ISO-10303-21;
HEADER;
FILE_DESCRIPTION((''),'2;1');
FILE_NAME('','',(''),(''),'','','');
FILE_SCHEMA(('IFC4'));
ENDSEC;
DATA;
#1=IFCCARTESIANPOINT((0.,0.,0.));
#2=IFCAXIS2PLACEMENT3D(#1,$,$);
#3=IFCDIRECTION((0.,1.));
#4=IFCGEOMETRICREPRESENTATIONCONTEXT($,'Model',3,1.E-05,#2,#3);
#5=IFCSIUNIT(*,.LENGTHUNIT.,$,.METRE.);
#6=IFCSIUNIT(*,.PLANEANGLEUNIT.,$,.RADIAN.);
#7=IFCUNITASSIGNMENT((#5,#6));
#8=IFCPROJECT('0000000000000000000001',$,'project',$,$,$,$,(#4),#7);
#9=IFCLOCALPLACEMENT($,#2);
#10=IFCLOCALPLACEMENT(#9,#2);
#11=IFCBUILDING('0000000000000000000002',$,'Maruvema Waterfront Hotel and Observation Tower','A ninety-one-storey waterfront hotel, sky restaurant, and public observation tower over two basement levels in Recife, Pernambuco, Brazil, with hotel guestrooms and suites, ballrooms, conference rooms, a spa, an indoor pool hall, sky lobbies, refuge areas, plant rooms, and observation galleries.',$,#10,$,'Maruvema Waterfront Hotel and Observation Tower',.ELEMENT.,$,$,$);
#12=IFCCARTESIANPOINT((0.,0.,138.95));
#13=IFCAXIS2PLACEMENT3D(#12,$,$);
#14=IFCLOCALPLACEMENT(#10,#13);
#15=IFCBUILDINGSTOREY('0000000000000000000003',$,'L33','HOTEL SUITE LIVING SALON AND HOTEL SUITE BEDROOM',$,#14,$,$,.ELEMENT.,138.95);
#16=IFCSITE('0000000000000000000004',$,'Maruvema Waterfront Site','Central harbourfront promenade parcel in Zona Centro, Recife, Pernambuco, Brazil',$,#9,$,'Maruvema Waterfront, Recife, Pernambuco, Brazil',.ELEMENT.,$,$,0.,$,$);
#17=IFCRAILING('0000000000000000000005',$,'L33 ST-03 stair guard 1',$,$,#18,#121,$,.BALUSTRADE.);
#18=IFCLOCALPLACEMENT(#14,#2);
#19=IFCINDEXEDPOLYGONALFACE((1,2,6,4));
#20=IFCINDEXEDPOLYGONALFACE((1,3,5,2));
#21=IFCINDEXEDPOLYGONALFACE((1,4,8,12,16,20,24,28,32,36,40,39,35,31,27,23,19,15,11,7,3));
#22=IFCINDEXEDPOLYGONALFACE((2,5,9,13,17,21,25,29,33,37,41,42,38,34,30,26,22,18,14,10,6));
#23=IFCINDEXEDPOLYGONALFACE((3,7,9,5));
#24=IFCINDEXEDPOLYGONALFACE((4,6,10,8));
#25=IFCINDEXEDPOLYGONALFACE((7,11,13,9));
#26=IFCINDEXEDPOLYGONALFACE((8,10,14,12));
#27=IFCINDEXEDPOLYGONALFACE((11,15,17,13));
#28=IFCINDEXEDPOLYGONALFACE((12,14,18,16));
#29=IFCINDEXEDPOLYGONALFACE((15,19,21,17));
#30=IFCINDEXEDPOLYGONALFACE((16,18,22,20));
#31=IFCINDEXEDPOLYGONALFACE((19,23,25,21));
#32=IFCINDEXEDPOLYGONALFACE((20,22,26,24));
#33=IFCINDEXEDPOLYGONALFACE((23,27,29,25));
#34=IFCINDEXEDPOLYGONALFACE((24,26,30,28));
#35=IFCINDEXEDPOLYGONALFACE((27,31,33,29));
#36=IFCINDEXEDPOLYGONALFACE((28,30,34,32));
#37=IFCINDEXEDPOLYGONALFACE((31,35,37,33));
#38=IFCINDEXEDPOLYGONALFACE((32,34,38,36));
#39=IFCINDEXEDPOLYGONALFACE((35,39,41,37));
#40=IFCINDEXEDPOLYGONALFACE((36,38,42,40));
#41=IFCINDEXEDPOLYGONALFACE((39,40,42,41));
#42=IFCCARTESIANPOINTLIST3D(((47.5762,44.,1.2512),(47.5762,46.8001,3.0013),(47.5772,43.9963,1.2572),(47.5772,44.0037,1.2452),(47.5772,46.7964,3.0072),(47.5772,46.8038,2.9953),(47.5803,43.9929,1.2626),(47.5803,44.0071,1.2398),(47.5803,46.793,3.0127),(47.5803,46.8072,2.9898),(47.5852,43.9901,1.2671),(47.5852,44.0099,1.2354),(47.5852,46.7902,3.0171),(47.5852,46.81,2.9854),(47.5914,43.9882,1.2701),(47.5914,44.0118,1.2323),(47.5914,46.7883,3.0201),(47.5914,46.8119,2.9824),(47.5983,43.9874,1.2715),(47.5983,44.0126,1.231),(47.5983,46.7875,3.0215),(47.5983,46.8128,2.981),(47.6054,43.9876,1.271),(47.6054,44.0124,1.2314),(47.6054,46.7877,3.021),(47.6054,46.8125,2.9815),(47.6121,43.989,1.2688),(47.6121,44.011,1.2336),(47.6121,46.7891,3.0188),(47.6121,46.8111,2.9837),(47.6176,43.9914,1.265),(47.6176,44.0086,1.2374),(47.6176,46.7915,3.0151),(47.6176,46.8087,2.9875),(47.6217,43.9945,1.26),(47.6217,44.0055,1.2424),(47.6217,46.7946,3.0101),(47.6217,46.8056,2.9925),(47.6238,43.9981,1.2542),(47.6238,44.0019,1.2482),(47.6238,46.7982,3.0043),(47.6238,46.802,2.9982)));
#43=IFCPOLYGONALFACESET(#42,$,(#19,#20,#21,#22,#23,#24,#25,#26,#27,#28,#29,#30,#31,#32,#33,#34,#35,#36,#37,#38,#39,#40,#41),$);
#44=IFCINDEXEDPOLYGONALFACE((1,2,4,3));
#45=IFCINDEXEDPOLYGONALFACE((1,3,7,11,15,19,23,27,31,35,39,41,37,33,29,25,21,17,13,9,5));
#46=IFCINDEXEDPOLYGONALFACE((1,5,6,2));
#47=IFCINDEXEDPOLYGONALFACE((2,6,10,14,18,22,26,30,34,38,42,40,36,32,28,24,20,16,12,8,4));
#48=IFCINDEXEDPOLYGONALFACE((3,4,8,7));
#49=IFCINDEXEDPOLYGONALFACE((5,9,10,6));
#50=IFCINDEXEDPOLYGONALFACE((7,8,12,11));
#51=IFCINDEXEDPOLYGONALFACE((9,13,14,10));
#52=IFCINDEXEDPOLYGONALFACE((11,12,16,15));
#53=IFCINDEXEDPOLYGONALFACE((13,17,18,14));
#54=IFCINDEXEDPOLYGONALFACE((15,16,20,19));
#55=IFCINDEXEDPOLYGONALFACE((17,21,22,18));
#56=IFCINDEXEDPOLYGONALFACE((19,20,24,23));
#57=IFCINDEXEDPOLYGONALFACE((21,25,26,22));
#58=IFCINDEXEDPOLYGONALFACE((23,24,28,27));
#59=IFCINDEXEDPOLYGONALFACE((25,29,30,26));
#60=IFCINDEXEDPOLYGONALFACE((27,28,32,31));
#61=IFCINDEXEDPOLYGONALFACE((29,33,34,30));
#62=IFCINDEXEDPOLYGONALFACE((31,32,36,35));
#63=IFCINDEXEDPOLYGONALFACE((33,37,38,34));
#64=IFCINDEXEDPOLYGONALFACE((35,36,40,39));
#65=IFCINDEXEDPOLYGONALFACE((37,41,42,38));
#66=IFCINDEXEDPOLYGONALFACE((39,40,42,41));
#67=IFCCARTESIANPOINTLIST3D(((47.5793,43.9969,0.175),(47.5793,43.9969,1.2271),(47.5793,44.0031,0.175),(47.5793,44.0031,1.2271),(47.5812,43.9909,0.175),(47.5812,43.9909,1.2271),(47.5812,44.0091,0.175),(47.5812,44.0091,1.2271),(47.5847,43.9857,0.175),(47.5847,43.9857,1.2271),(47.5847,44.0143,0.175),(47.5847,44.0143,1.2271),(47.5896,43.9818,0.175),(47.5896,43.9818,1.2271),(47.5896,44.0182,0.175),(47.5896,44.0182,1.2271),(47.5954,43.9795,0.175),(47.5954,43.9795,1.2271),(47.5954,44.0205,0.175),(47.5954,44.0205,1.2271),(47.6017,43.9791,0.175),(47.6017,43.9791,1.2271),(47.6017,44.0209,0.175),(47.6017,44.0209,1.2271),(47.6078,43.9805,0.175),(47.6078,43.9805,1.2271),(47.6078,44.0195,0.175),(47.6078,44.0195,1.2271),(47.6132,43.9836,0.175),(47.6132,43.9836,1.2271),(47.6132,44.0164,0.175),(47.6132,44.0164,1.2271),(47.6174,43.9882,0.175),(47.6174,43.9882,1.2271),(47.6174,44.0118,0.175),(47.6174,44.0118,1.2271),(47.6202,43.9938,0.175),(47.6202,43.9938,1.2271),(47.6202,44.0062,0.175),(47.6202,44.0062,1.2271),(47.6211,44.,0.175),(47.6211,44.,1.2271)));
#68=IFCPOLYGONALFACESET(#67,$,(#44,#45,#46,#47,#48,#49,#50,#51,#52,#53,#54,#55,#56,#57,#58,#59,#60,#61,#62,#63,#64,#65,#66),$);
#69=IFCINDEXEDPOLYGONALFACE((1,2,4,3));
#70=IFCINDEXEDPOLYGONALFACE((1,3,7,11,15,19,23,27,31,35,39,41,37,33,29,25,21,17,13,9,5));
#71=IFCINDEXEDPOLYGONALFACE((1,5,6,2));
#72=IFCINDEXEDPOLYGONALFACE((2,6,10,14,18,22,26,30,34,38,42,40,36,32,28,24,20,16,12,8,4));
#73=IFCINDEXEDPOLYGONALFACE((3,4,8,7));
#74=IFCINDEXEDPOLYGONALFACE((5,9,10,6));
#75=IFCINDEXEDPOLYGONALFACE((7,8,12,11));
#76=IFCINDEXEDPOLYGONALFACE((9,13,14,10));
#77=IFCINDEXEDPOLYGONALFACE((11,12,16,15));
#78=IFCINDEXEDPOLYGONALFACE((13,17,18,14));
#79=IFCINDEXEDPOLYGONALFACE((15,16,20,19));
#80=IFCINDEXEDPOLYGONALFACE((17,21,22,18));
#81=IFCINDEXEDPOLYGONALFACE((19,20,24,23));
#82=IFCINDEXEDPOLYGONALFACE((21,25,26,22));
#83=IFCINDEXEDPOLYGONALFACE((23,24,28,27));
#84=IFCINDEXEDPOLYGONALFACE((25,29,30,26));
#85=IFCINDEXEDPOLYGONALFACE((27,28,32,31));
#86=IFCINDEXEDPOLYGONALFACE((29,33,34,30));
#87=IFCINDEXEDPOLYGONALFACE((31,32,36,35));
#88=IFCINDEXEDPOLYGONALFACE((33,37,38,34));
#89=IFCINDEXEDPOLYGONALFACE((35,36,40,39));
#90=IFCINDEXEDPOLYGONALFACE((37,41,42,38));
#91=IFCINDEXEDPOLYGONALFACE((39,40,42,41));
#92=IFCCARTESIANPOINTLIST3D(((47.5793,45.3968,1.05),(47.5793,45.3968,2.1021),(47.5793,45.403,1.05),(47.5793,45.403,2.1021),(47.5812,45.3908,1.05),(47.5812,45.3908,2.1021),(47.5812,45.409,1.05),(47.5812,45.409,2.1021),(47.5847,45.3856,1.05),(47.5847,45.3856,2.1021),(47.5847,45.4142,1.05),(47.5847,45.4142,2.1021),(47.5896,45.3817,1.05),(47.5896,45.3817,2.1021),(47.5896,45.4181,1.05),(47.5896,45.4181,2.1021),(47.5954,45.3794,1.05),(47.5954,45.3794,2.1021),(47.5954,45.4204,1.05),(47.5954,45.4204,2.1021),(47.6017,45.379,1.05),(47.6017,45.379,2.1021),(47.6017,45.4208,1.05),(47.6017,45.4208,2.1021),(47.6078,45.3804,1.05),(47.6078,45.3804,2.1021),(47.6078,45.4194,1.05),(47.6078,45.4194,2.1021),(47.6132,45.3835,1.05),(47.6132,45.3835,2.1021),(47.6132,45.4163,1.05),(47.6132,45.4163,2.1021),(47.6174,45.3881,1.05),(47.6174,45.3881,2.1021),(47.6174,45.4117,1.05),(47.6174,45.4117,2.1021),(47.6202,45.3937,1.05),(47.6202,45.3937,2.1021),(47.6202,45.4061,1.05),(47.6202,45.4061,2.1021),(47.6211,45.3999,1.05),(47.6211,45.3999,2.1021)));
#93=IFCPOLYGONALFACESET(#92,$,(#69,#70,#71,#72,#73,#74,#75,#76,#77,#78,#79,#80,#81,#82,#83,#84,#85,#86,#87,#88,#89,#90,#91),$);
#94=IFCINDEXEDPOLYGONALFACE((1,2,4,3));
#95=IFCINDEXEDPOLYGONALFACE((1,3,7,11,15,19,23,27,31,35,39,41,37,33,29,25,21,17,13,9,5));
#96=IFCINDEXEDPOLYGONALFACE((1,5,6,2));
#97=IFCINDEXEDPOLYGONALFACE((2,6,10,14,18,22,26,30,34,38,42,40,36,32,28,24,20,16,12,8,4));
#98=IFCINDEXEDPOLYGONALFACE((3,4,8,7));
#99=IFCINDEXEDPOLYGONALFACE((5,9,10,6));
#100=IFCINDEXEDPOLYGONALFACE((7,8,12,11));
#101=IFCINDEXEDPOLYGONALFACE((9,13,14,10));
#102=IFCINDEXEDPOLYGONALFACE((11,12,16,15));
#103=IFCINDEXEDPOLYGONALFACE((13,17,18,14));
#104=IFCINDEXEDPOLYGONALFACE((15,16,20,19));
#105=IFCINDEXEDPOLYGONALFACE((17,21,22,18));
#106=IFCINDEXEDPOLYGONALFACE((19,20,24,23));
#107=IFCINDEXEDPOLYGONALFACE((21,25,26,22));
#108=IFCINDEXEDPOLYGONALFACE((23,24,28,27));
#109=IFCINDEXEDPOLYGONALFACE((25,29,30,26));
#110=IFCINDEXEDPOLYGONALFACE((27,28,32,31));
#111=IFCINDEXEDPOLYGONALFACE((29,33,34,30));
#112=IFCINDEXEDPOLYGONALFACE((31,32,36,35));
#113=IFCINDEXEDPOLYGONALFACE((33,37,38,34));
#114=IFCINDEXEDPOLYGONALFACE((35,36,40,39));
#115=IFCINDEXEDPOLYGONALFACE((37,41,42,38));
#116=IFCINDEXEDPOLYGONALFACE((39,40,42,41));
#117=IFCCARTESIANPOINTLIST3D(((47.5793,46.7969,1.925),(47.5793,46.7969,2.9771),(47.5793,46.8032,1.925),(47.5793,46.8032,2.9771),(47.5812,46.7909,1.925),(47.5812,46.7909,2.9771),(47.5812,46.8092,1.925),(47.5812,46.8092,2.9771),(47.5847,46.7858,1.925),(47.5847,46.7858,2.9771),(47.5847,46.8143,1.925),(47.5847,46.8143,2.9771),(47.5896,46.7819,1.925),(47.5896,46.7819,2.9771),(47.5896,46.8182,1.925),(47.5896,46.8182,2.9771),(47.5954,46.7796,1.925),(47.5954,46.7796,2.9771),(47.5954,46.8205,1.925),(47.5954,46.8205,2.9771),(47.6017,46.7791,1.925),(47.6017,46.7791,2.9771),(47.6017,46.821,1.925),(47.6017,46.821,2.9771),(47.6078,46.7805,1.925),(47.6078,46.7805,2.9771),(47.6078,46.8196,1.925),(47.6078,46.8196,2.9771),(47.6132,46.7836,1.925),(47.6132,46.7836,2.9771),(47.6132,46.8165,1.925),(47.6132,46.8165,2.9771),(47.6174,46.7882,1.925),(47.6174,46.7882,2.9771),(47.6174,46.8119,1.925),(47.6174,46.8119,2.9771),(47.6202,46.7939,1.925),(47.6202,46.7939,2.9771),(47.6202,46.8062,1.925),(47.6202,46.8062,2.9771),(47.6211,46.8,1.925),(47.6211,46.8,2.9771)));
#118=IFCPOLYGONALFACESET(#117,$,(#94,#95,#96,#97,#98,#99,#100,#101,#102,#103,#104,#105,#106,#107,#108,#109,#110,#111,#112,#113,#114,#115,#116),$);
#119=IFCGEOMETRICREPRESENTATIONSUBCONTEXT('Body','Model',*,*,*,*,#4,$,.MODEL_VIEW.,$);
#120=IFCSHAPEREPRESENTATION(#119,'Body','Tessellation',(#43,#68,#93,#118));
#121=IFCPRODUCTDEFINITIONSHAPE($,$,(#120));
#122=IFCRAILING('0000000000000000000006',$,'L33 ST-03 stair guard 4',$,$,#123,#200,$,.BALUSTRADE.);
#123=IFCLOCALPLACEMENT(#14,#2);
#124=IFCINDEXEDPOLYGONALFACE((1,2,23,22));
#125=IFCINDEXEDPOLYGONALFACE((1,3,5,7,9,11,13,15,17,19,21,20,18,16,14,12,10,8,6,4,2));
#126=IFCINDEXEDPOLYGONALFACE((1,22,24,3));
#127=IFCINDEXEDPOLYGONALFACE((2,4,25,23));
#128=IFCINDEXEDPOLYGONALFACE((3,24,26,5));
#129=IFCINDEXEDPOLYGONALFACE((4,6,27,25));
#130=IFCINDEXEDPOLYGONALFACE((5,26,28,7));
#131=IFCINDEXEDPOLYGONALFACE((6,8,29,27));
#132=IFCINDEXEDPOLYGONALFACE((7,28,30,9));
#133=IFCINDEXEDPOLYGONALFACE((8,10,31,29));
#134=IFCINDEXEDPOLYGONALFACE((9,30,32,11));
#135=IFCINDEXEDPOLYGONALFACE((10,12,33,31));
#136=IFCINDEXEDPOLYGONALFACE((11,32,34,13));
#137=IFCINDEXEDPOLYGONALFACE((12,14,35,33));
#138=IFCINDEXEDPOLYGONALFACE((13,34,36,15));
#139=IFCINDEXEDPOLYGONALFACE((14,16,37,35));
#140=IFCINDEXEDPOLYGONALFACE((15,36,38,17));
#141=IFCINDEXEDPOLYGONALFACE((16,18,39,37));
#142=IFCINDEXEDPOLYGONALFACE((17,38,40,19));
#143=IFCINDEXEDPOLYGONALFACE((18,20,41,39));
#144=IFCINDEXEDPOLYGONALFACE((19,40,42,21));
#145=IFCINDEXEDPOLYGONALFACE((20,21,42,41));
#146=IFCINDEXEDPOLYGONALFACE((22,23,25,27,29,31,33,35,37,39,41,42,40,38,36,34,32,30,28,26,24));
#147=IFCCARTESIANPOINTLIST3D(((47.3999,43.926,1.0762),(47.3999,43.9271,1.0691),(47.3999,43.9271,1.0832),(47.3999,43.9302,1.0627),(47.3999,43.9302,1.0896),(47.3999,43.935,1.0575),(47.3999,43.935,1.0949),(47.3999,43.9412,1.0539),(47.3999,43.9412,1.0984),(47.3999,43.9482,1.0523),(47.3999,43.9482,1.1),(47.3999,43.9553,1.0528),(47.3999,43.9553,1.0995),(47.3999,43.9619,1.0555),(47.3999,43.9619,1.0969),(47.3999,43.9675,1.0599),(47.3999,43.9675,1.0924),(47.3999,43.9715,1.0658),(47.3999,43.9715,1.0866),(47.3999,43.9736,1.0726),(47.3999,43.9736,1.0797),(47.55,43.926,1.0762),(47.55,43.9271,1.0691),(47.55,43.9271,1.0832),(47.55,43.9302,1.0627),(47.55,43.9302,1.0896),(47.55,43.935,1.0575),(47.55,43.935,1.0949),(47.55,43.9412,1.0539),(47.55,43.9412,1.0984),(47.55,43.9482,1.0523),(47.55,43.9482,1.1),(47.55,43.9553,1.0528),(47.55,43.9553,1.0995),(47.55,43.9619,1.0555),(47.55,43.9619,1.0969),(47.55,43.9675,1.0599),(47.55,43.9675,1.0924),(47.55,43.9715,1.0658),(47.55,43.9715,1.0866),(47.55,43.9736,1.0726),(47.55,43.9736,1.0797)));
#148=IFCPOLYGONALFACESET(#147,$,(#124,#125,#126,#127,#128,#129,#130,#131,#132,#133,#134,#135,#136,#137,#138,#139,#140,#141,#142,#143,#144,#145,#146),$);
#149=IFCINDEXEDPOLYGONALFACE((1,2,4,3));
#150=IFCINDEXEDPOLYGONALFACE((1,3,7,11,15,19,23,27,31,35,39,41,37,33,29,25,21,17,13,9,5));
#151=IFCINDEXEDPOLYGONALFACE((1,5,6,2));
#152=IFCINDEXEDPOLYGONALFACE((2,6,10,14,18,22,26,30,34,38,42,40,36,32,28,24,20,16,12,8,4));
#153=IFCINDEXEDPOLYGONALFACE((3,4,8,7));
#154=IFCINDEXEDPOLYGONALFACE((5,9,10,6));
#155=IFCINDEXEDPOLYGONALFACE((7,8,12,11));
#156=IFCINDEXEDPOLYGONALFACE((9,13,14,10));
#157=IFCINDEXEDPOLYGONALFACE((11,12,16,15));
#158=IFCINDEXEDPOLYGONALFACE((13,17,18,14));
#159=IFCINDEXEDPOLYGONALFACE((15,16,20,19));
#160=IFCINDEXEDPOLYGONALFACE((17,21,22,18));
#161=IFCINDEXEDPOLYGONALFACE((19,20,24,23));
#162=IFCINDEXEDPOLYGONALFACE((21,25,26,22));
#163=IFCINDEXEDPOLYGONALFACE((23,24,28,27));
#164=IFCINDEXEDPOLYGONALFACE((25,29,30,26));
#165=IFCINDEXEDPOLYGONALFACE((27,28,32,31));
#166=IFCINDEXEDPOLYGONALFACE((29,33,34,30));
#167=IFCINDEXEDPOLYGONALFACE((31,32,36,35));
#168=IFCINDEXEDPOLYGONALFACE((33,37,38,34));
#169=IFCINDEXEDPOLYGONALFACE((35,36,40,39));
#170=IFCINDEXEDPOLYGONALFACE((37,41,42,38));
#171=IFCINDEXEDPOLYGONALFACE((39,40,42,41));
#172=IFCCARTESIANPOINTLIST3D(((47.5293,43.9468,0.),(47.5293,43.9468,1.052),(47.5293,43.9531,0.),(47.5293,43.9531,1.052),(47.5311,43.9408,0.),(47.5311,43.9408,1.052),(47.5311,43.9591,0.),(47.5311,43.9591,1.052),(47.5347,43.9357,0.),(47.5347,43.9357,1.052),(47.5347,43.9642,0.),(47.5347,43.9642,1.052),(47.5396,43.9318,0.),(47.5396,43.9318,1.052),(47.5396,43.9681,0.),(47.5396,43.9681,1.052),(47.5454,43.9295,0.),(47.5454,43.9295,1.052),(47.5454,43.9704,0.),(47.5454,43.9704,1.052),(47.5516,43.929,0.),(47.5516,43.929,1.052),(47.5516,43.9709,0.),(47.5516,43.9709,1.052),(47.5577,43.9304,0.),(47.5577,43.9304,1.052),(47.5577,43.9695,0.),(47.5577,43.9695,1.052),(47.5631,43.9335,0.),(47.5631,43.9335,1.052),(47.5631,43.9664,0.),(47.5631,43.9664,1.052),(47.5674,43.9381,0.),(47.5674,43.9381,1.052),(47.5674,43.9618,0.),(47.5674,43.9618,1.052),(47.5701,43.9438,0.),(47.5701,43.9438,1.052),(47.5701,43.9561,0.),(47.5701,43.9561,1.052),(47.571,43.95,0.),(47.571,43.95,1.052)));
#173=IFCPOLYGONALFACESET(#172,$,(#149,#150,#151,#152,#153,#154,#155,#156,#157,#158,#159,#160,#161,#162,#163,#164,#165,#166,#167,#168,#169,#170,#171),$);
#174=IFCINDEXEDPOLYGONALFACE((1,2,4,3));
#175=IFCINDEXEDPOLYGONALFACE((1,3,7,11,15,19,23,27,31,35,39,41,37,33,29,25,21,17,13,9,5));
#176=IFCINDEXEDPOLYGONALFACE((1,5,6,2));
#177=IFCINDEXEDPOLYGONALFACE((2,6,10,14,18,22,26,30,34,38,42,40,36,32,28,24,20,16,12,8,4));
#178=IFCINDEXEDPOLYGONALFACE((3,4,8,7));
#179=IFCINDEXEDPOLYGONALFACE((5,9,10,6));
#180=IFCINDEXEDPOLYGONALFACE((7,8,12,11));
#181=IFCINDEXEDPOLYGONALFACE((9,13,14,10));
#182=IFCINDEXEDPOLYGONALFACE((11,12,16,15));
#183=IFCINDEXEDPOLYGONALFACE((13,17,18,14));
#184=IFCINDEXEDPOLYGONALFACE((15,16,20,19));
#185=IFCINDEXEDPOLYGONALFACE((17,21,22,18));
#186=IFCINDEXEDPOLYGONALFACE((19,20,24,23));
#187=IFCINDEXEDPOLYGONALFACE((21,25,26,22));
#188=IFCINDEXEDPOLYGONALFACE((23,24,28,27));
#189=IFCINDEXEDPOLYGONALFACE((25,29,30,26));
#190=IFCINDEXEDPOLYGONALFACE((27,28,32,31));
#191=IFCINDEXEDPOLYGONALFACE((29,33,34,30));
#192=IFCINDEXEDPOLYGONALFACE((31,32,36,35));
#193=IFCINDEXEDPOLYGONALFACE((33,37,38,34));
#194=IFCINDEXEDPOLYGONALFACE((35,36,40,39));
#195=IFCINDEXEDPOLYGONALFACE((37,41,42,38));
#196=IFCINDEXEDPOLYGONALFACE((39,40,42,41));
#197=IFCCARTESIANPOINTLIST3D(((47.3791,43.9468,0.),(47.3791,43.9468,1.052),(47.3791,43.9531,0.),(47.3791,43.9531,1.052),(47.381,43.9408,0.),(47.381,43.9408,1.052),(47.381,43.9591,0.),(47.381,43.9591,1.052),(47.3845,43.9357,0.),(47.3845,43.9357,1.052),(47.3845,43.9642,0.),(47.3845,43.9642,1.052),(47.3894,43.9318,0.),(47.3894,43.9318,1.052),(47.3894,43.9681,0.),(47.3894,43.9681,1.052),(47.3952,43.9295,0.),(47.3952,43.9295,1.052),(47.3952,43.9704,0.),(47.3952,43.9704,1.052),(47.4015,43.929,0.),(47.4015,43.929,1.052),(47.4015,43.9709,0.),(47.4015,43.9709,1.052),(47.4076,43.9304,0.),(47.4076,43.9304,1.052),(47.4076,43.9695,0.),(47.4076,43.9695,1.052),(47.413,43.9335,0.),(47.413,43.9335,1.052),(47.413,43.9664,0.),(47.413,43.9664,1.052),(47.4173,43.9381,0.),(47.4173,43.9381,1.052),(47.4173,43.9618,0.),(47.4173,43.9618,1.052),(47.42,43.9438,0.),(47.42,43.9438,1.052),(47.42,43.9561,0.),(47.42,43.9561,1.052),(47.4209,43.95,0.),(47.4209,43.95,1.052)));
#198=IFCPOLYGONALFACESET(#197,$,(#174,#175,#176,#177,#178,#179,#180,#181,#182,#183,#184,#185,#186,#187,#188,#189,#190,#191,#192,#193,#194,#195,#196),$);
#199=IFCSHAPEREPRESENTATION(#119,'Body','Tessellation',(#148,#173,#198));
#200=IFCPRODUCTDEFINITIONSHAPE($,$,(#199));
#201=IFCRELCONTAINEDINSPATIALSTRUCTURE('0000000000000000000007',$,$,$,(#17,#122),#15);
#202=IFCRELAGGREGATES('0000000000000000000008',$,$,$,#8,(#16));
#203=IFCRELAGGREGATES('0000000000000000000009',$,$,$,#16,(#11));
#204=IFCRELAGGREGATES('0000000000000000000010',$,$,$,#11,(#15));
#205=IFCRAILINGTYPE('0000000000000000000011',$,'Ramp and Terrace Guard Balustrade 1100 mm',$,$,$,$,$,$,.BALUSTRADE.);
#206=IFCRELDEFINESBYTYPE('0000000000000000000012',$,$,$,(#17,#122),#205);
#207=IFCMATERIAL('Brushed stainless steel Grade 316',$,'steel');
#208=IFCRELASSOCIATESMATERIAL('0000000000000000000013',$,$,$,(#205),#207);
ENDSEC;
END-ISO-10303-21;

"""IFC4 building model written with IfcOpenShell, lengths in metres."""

from ifc_helpers import new_model, si_unit, direction, frame, origin, origin_2d, place, context, subcontext, project, spatial, circle, extrude, material, type_object, element, save


model = new_model("IFC4")

# Units and contexts
model_context = context("Model", 3, precision=1e-05, world=origin(), true_north=direction((0.0, 1.0)))
body_context = subcontext(model_context, "Body", "Model", "MODEL_VIEW")
ifc_project = project(units=[si_unit("LENGTHUNIT", "METRE"), si_unit("PLANEANGLEUNIT", "RADIAN")], contexts=[model_context])

# Site, building, storey
site_placement = place(None, origin())
site = spatial("IfcSite", under=ifc_project, at=site_placement, Name="Maruvema Waterfront Site", Description="Central harbourfront promenade parcel in Zona Centro, Recife, Pernambuco, Brazil", LongName="Maruvema Waterfront, Recife, Pernambuco, Brazil", CompositionType="ELEMENT", RefElevation=0.0)
building_placement = place(site_placement, origin())
building = spatial("IfcBuilding", under=site, at=building_placement, Name="Maruvema Waterfront Hotel and Observation Tower", Description="A ninety-one-storey waterfront hotel, sky restaurant, and public observation tower over two basement levels in Recife, Pernambuco, Brazil, with hotel guestrooms and suites, ballrooms, conference rooms, a spa, an indoor pool hall, sky lobbies, refuge areas, plant rooms, and observation galleries.", LongName="Maruvema Waterfront Hotel and Observation Tower", CompositionType="ELEMENT")
storey_placement = place(building_placement, frame((0.0, 0.0, 138.95)))
storey = spatial("IfcBuildingStorey", under=building, at=storey_placement, Name="L33", Description="HOTEL SUITE LIVING SALON AND HOTEL SUITE BEDROOM", CompositionType="ELEMENT", Elevation=138.95)

# Railings
ifc_material_1 = material(Name="Brushed stainless steel Grade 316", Category="steel")
railing_type_1 = type_object("IfcRailingType", Name="Ramp and Terrace Guard Balustrade 1100 mm", PredefinedType="BALUSTRADE", material=ifc_material_1)
railing_1_placement = place(storey_placement, frame((47.6001, 44.0, 0.175)))
element("IfcRailing", 1, at=railing_1_placement, inside=storey, type_object=railing_type_1, Name="L33 ST-03 stair guard 1", PredefinedType="BALUSTRADE", context=body_context, shape_type="SweptSolid", body=[
    extrude(circle(Radius=0.0239, at=origin_2d()), frame((0.0, 0.0, 1.0762), z_axis=(0.0, 0.848002, 0.529992), x_axis=(-1.0, 0.0, 0.0)), (0.0, 0.0, 1.0), 3.302),
    extrude(circle(Radius=0.021, at=origin_2d()), origin(), (0.0, 0.0, 1.0), 1.052),
    extrude(circle(Radius=0.021, at=origin_2d()), frame((0.0, 1.3999, 0.875)), (0.0, 0.0, 1.0), 1.052),
    extrude(circle(Radius=0.021, at=origin_2d()), frame((0.0, 2.8, 1.75)), (0.0, 0.0, 1.0), 1.052),
])
railing_2_placement = place(storey_placement, frame((47.55, 43.95, 0.0)))
element("IfcRailing", 2, at=railing_2_placement, inside=storey, type_object=railing_type_1, Name="L33 ST-03 stair guard 4", PredefinedType="BALUSTRADE", context=body_context, shape_type="SweptSolid", body=[
    extrude(circle(Radius=0.0239, at=origin_2d()), frame((0.0, 0.0, 1.0762), z_axis=(-1.0, 0.0, 0.0), x_axis=(0.0, -1.0, 0.0)), (0.0, 0.0, 1.0), 0.1501),
    extrude(circle(Radius=0.021, at=origin_2d()), origin(), (0.0, 0.0, 1.0), 1.052),
    extrude(circle(Radius=0.021, at=origin_2d()), frame((-0.1501, 0.0, 0.0)), (0.0, 0.0, 1.0), 1.052),
])

save(model, "model.ifc")
